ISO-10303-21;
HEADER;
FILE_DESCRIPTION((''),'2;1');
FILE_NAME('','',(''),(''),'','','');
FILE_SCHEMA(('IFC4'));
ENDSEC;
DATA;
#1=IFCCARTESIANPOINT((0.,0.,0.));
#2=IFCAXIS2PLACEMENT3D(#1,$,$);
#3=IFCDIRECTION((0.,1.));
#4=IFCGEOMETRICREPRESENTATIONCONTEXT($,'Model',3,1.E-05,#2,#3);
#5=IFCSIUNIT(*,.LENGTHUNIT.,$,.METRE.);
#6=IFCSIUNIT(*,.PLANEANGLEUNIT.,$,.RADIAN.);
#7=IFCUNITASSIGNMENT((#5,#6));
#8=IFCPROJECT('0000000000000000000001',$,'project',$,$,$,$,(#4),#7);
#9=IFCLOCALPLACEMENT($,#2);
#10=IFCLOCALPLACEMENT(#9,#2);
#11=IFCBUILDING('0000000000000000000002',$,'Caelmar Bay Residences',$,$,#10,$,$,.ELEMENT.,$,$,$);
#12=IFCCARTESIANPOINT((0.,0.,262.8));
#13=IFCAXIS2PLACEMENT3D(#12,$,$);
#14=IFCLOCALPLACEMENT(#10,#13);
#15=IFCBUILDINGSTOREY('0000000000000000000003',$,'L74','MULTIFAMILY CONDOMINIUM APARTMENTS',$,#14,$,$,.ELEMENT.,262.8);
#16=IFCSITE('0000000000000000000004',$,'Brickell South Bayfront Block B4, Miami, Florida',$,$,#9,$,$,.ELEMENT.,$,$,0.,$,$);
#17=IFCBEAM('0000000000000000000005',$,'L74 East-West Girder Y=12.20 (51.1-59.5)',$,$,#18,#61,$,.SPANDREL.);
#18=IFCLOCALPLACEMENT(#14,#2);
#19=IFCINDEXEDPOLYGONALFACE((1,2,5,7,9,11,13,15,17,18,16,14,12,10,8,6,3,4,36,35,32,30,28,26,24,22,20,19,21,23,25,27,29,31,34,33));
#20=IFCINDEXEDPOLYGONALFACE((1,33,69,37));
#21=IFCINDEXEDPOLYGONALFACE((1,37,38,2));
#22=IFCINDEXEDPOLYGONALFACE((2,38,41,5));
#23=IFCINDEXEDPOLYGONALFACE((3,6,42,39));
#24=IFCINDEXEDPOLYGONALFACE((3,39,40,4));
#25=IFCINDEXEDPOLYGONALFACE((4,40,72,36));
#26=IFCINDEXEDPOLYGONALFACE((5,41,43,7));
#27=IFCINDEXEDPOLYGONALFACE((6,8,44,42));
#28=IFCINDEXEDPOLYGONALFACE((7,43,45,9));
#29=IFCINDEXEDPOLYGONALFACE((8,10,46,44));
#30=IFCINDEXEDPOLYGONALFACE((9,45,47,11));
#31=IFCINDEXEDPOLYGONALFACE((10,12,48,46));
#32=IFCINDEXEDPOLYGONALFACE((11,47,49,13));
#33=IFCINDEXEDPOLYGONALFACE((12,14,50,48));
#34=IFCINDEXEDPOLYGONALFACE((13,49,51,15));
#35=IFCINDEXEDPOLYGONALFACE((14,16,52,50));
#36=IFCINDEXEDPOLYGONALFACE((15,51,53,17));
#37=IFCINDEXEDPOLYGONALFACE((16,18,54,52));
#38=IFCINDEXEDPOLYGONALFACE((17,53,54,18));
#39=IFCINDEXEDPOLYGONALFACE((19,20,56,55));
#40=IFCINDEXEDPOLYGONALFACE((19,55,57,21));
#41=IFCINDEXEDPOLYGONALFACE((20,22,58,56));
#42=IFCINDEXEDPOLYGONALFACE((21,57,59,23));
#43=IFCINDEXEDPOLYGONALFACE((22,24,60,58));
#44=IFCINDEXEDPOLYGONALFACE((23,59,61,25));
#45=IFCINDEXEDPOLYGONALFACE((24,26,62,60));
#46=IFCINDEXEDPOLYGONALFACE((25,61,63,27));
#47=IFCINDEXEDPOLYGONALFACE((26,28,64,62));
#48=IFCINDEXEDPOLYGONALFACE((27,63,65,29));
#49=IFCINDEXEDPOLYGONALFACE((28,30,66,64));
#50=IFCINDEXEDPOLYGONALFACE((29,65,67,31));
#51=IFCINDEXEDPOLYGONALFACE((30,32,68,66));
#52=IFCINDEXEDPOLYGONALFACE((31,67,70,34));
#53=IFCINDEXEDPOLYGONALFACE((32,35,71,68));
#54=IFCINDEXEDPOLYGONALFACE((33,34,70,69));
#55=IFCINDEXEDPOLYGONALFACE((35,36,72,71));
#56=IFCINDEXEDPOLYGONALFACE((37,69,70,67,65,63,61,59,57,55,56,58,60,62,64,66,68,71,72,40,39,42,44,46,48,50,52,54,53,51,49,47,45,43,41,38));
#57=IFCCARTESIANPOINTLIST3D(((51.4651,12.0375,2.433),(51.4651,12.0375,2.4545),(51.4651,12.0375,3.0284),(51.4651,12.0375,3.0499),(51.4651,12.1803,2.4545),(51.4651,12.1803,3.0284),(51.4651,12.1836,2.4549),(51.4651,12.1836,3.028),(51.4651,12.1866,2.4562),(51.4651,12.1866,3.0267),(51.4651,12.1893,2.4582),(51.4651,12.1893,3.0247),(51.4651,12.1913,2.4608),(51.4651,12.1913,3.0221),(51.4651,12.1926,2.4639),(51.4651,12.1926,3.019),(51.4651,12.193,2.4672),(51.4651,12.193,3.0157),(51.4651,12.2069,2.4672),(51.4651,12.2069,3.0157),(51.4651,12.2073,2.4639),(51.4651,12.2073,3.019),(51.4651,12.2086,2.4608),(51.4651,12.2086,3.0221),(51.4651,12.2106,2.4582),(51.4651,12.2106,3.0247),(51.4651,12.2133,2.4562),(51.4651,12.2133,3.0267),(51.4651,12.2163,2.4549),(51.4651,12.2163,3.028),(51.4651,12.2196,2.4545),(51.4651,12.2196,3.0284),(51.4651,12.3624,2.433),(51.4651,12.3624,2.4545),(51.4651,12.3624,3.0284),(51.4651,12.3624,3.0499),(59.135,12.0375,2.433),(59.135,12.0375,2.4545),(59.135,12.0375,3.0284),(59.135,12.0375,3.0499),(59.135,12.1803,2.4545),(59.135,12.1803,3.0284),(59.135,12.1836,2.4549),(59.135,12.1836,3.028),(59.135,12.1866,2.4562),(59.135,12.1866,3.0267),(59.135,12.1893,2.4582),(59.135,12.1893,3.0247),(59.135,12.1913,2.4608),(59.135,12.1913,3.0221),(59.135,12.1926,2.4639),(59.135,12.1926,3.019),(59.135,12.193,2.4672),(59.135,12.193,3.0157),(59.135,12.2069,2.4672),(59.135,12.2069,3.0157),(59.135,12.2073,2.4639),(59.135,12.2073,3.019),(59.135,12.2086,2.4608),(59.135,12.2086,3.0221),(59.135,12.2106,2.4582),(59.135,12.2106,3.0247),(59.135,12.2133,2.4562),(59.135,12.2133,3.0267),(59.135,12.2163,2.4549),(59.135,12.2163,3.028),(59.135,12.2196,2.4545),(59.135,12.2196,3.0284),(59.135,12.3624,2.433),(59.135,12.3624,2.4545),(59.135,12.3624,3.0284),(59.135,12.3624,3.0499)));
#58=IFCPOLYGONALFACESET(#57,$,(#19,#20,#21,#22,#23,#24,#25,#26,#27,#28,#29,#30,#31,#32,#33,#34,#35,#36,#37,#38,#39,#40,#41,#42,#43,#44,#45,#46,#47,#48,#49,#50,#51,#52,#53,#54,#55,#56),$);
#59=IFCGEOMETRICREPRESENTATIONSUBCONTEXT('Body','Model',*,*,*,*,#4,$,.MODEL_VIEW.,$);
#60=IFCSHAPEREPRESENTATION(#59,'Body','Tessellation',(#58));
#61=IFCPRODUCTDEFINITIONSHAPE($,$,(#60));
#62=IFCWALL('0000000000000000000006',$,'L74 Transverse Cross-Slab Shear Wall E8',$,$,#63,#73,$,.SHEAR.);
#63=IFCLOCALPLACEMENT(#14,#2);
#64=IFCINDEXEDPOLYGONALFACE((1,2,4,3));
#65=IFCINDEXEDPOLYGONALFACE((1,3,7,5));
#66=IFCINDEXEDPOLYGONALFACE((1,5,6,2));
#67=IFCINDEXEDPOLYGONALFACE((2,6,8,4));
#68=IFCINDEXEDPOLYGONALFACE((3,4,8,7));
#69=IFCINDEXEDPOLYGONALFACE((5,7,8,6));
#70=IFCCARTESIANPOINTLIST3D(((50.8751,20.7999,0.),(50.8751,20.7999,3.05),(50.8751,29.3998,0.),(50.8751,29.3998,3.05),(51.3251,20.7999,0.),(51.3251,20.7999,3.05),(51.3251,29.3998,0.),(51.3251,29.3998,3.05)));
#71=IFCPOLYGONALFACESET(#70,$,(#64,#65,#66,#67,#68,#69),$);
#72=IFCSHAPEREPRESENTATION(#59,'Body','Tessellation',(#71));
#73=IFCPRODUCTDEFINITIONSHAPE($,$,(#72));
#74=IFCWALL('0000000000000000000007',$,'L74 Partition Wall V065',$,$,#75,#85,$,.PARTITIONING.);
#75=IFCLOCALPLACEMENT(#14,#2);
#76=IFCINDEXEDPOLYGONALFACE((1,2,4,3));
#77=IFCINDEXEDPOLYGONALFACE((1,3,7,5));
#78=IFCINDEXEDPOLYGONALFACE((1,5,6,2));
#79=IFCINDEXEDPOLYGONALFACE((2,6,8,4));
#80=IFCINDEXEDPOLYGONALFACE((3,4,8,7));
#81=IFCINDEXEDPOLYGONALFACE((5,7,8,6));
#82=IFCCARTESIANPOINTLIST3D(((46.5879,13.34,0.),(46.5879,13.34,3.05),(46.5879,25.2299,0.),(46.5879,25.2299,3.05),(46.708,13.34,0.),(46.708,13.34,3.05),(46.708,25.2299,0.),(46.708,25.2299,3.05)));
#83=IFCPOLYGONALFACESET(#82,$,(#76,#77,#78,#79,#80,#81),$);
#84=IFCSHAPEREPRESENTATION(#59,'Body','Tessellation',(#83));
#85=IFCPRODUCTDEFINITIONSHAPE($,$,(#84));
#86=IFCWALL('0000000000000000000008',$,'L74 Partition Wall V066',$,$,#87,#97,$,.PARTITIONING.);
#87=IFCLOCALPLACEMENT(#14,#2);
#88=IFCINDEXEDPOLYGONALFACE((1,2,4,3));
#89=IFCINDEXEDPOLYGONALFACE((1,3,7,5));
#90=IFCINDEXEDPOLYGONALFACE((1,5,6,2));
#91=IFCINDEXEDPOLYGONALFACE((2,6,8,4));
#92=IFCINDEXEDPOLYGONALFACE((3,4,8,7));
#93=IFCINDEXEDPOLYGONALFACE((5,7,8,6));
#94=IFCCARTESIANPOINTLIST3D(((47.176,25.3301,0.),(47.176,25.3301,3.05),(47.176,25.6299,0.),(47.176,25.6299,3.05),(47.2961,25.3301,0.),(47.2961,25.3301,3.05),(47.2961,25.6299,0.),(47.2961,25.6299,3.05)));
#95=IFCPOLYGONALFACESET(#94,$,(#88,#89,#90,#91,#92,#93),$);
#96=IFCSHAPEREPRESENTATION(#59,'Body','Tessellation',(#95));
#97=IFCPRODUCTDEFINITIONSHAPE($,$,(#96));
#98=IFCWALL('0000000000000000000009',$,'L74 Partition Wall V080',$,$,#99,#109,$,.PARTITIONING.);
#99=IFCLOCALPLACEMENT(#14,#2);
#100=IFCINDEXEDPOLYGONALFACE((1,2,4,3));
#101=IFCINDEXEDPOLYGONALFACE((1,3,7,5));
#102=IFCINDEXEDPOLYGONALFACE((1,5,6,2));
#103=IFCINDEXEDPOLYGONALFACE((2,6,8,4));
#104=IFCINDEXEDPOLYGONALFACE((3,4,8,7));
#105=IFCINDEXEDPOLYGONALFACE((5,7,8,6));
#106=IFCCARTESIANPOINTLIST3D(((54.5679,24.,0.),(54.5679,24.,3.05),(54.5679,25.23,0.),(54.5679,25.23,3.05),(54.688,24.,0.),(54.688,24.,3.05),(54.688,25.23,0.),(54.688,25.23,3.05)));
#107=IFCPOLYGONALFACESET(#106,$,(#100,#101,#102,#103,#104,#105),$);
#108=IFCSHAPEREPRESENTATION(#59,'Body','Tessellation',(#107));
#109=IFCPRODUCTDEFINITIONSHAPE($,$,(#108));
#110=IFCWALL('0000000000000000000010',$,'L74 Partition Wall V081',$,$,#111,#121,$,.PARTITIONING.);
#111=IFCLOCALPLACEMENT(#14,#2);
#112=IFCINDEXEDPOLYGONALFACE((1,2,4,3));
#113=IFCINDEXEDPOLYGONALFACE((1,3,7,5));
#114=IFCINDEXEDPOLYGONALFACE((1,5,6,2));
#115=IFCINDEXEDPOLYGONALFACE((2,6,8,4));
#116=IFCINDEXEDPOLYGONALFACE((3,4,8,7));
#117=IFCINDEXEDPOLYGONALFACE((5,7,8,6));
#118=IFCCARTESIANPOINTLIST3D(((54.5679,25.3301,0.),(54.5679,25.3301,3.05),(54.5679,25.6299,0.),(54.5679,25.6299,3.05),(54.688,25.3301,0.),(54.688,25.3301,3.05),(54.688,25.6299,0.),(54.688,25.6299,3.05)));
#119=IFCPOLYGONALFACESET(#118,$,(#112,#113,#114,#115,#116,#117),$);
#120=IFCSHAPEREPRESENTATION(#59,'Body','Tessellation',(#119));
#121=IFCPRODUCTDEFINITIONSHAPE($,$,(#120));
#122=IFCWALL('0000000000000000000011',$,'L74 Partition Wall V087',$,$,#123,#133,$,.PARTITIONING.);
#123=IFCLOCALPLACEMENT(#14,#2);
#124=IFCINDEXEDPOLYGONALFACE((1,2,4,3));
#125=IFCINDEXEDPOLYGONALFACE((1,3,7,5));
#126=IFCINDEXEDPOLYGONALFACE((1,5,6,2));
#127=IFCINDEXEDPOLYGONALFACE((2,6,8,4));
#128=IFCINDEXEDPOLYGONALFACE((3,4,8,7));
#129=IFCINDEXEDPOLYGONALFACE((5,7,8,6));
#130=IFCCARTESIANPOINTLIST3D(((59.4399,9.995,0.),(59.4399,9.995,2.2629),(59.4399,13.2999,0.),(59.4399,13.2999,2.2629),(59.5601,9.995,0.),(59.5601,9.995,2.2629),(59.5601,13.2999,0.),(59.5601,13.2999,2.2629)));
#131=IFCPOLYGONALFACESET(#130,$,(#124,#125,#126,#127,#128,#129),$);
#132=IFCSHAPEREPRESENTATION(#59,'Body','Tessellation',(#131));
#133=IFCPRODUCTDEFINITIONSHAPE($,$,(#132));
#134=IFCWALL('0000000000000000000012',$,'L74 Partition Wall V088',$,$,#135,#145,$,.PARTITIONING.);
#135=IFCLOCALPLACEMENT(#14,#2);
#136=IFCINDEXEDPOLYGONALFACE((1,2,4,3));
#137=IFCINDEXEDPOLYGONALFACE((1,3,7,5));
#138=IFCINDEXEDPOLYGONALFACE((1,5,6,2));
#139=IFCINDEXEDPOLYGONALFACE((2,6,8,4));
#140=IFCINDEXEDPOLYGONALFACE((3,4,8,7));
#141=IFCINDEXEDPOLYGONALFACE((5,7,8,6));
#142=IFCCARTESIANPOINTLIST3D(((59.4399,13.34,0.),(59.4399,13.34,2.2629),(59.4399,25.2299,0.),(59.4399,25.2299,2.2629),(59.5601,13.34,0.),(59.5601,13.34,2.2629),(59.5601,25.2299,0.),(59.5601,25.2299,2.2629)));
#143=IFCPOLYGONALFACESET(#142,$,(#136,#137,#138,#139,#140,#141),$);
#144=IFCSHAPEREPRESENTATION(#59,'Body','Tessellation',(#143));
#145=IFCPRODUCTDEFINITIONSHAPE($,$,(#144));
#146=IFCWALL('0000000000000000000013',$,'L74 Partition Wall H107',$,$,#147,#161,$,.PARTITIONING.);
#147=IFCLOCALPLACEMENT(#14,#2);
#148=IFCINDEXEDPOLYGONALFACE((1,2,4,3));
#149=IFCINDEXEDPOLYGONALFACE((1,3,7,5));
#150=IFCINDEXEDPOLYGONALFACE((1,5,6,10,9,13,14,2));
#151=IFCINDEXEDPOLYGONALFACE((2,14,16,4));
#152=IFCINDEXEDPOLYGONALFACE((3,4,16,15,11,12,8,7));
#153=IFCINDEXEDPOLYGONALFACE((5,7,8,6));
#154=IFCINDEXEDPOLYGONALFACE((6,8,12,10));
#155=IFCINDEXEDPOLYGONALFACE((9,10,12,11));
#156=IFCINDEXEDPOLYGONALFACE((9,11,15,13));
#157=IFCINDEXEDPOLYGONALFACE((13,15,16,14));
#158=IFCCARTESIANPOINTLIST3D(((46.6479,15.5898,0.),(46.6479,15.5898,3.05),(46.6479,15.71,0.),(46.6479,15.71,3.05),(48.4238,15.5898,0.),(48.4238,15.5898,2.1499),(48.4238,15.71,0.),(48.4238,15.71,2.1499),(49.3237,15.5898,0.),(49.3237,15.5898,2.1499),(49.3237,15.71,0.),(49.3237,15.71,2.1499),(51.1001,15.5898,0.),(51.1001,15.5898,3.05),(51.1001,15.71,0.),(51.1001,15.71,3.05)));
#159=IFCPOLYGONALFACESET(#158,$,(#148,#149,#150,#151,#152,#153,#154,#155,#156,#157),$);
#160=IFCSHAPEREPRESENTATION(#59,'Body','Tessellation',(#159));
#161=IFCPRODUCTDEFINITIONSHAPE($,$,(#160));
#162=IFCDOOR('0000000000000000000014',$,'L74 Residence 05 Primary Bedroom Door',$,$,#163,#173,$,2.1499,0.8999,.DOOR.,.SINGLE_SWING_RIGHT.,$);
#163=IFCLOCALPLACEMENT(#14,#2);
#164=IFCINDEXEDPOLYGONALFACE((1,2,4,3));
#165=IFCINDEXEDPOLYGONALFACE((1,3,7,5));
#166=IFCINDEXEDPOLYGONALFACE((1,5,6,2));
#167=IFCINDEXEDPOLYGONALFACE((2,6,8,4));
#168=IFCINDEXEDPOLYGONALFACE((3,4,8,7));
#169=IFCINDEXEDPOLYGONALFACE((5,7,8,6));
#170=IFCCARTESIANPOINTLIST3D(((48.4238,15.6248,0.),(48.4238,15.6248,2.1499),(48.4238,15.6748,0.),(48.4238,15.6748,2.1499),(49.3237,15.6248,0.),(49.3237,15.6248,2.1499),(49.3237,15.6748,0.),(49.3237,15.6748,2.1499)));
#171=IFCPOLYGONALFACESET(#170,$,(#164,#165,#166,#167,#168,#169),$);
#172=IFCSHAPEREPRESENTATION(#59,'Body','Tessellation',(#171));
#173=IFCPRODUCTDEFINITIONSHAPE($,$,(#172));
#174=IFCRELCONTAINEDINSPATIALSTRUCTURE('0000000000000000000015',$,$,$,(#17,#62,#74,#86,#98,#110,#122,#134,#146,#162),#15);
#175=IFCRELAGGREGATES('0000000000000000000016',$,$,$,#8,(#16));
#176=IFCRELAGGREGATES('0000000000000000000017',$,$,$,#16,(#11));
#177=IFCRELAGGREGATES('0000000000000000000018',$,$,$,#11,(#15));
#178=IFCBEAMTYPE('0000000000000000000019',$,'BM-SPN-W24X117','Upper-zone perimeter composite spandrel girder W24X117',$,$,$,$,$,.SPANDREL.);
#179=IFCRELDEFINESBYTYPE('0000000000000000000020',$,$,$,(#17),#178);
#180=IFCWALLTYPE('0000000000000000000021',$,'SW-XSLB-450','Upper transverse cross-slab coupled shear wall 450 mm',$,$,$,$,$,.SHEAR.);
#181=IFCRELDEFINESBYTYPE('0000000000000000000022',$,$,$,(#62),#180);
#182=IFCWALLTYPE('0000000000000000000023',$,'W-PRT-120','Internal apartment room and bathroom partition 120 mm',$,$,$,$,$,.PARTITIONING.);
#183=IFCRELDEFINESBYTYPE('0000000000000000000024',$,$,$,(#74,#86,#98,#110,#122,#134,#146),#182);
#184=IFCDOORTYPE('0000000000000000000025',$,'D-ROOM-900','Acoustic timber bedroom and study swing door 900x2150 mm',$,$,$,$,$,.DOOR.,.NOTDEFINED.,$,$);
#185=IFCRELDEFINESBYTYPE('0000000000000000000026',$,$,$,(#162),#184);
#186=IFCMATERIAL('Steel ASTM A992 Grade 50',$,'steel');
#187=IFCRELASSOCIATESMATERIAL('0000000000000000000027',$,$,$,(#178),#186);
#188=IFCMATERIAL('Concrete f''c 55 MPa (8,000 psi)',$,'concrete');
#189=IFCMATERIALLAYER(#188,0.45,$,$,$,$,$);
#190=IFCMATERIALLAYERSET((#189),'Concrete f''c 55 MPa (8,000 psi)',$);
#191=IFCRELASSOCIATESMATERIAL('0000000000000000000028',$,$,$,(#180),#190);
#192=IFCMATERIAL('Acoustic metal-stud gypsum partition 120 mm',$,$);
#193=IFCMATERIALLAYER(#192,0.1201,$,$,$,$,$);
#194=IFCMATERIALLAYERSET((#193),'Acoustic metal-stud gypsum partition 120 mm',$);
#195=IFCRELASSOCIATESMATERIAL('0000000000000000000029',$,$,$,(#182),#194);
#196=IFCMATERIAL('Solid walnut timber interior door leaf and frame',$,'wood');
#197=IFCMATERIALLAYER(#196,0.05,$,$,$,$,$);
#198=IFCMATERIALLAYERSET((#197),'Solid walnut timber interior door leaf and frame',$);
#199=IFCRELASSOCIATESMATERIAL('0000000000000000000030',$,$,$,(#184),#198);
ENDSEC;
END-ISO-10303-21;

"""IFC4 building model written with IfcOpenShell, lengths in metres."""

from ifc_helpers import new_model, si_unit, direction, frame, frame_2d, origin, origin_2d, place, context, subcontext, project, spatial, rectangle, i_section, extrude, material, layer, layer_set, material_profile, profile_set, type_object, element, fill, save


model = new_model("IFC4")

# Units and contexts
model_context = context("Model", 3, precision=1e-05, world=origin(), true_north=direction((0.0, 1.0)))
body_context = subcontext(model_context, "Body", "Model", "MODEL_VIEW")
ifc_project = project(units=[si_unit("LENGTHUNIT", "METRE"), si_unit("PLANEANGLEUNIT", "RADIAN")], contexts=[model_context])

# Site, building, storey
site_placement = place(None, origin())
site = spatial("IfcSite", under=ifc_project, at=site_placement, Name="Brickell South Bayfront Block B4, Miami, Florida", CompositionType="ELEMENT", RefElevation=0.0)
building_placement = place(site_placement, origin())
building = spatial("IfcBuilding", under=site, at=building_placement, Name="Caelmar Bay Residences", CompositionType="ELEMENT")
storey_placement = place(building_placement, frame((0.0, 0.0, 262.8)))
storey = spatial("IfcBuildingStorey", under=building, at=storey_placement, Name="L74", Description="MULTIFAMILY CONDOMINIUM APARTMENTS", CompositionType="ELEMENT", Elevation=262.8)

# Shared definitions
ifc_material_1 = material(Name="Concrete f'c 55 MPa (8,000 psi)", Category="concrete")

# Beam
ifc_material_2 = material(Name="Steel ASTM A992 Grade 50", Category="steel")
ifc_material_profile_1 = material_profile(ifc_material_2, i_section(OverallWidth=0.325, OverallDepth=0.6169, WebThickness=0.0139, FlangeThickness=0.0215, FilletRadius=0.0127, at=origin_2d()), Name="W24X117")
ifc_profile_set_1 = profile_set([ifc_material_profile_1], Name="Steel ASTM A992 Grade 50")
beam_type_1 = type_object("IfcBeamType", Name="BM-SPN-W24X117", Description="Upper-zone perimeter composite spandrel girder W24X117", PredefinedType="SPANDREL", material=ifc_profile_set_1)
beam_1_placement = place(storey_placement, frame((51.4651, 12.2, 2.7415), z_axis=(1.0, 0.0, 0.0), x_axis=(0.0, 1.0, 0.0)))
element("IfcBeam", 1, at=beam_1_placement, inside=storey, type_object=beam_type_1, Name="L74 East-West Girder Y=12.20 (51.1-59.5)", PredefinedType="SPANDREL", context=body_context, shape_type="SweptSolid", body=[
    extrude(i_section(OverallWidth=0.325, OverallDepth=0.6169, WebThickness=0.0139, FlangeThickness=0.0215, FilletRadius=0.0127, at=origin_2d()), origin(), (0.0, 0.0, 1.0), 7.6699),
])

# Walls
ifc_layer_1 = layer(ifc_material_1, 0.45)
ifc_layer_set_1 = layer_set([ifc_layer_1], Name="Concrete f'c 55 MPa (8,000 psi)")
wall_type_1 = type_object("IfcWallType", Name="SW-XSLB-450", Description="Upper transverse cross-slab coupled shear wall 450 mm", PredefinedType="SHEAR", material=ifc_layer_set_1)
wall_1_placement = place(storey_placement, frame((51.1001, 20.8, 0.0), z_axis=(0.0, 0.0, 1.0), x_axis=(0.0, 1.0, 0.0)))
element("IfcWall", 2, at=wall_1_placement, inside=storey, type_object=wall_type_1, Name="L74 Transverse Cross-Slab Shear Wall E8", PredefinedType="SHEAR", context=body_context, shape_type="SweptSolid", body=[
    extrude(rectangle(XDim=8.5999, YDim=0.45, at=frame_2d((4.2998, 0.0))), origin(), (0.0, 0.0, 1.0), 3.05),
])
ifc_material_3 = material(Name="Acoustic metal-stud gypsum partition 120 mm")
ifc_layer_2 = layer(ifc_material_3, 0.1201)
ifc_layer_set_2 = layer_set([ifc_layer_2], Name="Acoustic metal-stud gypsum partition 120 mm")
wall_type_2 = type_object("IfcWallType", Name="W-PRT-120", Description="Internal apartment room and bathroom partition 120 mm", PredefinedType="PARTITIONING", material=ifc_layer_set_2)
wall_2_placement = place(storey_placement, frame((46.6479, 13.3401, 0.0), z_axis=(0.0, 0.0, 1.0), x_axis=(0.0, 1.0, 0.0)))
element("IfcWall", 3, at=wall_2_placement, inside=storey, type_object=wall_type_2, Name="L74 Partition Wall V065", PredefinedType="PARTITIONING", context=body_context, shape_type="SweptSolid", body=[
    extrude(rectangle(XDim=11.8899, YDim=0.1201, at=frame_2d((5.9448, 0.0))), origin(), (0.0, 0.0, 1.0), 3.05),
])
wall_3_placement = place(storey_placement, frame((47.2361, 25.3301, 0.0), z_axis=(0.0, 0.0, 1.0), x_axis=(0.0, 1.0, 0.0)))
element("IfcWall", 4, at=wall_3_placement, inside=storey, type_object=wall_type_2, Name="L74 Partition Wall V066", PredefinedType="PARTITIONING", context=body_context, shape_type="SweptSolid", body=[
    extrude(rectangle(XDim=0.2998, YDim=0.1201, at=frame_2d((0.1499, 0.0))), origin(), (0.0, 0.0, 1.0), 3.05),
])
wall_4_placement = place(storey_placement, frame((54.6279, 24.0, 0.0), z_axis=(0.0, 0.0, 1.0), x_axis=(0.0, 1.0, 0.0)))
element("IfcWall", 5, at=wall_4_placement, inside=storey, type_object=wall_type_2, Name="L74 Partition Wall V080", PredefinedType="PARTITIONING", context=body_context, shape_type="SweptSolid", body=[
    extrude(rectangle(XDim=1.23, YDim=0.1201, at=frame_2d((0.615, 0.0))), origin(), (0.0, 0.0, 1.0), 3.05),
])
wall_5_placement = place(storey_placement, frame((54.6279, 25.3301, 0.0), z_axis=(0.0, 0.0, 1.0), x_axis=(0.0, 1.0, 0.0)))
element("IfcWall", 6, at=wall_5_placement, inside=storey, type_object=wall_type_2, Name="L74 Partition Wall V081", PredefinedType="PARTITIONING", context=body_context, shape_type="SweptSolid", body=[
    extrude(rectangle(XDim=0.2998, YDim=0.1201, at=frame_2d((0.1499, 0.0))), origin(), (0.0, 0.0, 1.0), 3.05),
])
wall_6_placement = place(storey_placement, frame((59.5, 9.9951, 0.0), z_axis=(0.0, 0.0, 1.0), x_axis=(0.0, 1.0, 0.0)))
element("IfcWall", 7, at=wall_6_placement, inside=storey, type_object=wall_type_2, Name="L74 Partition Wall V087", PredefinedType="PARTITIONING", context=body_context, shape_type="SweptSolid", body=[
    extrude(rectangle(XDim=3.3049, YDim=0.1201, at=frame_2d((1.6523, 0.0))), origin(), (0.0, 0.0, 1.0), 2.2629),
])
wall_7_placement = place(storey_placement, frame((59.5, 13.3401, 0.0), z_axis=(0.0, 0.0, 1.0), x_axis=(0.0, 1.0, 0.0)))
element("IfcWall", 8, at=wall_7_placement, inside=storey, type_object=wall_type_2, Name="L74 Partition Wall V088", PredefinedType="PARTITIONING", context=body_context, shape_type="SweptSolid", body=[
    extrude(rectangle(XDim=11.8899, YDim=0.1201, at=frame_2d((5.9448, 0.0))), origin(), (0.0, 0.0, 1.0), 2.2629),
])

# Wall, opening, door
wall_8_placement = place(storey_placement, frame((46.6479, 15.6499, 0.0), z_axis=(0.0, 0.0, 1.0), x_axis=(1.0, 0.0, 0.0)))
wall_8 = element("IfcWall", 9, at=wall_8_placement, inside=storey, type_object=wall_type_2, Name="L74 Partition Wall H107", PredefinedType="PARTITIONING", context=body_context, shape_type="SweptSolid", body=[
    extrude(rectangle(XDim=4.4521, YDim=0.1201, at=frame_2d((2.2261, 0.0))), origin(), (0.0, 0.0, 1.0), 3.05),
])
opening_1_placement = place(wall_8_placement, frame((1.7759, 0.0, 0.0)))
opening_1 = element("IfcOpeningElement", 10, at=opening_1_placement, cuts=wall_8, PredefinedType="OPENING", context=body_context, shape_type="SweptSolid", body=[
    extrude(rectangle(XDim=0.8999, YDim=2.1499, at=frame_2d((0.45, 1.075))), frame((0.0, 0.0701, 0.0), z_axis=(0.0, -1.0, 0.0), x_axis=(1.0, 0.0, 0.0)), (0.0, 0.0, 1.0), 0.1401),
])
ifc_material_4 = material(Name="Solid walnut timber interior door leaf and frame", Category="wood")
ifc_layer_3 = layer(ifc_material_4, 0.05)
ifc_layer_set_3 = layer_set([ifc_layer_3], Name="Solid walnut timber interior door leaf and frame")
door_type = type_object("IfcDoorType", Name="D-ROOM-900", Description="Acoustic timber bedroom and study swing door 900x2150 mm", OperationType="NOTDEFINED", PredefinedType="DOOR", material=ifc_layer_set_3)
door_1_placement = place(opening_1_placement, origin())
door_1 = element("IfcDoor", 11, at=door_1_placement, inside=storey, type_object=door_type, Name="L74 Residence 05 Primary Bedroom Door", OperationType="SINGLE_SWING_RIGHT", OverallHeight=2.1499, OverallWidth=0.8999, PredefinedType="DOOR", context=body_context, shape_type="SweptSolid", body=[
    extrude(rectangle(XDim=0.8999, YDim=2.1499, at=frame_2d((0.45, 1.075))), frame((0.0, 0.0249, 0.0), z_axis=(0.0, -1.0, 0.0), x_axis=(1.0, 0.0, 0.0)), (0.0, 0.0, 1.0), 0.05),
])
fill(opening_1, door_1)

save(model, "model.ifc")
